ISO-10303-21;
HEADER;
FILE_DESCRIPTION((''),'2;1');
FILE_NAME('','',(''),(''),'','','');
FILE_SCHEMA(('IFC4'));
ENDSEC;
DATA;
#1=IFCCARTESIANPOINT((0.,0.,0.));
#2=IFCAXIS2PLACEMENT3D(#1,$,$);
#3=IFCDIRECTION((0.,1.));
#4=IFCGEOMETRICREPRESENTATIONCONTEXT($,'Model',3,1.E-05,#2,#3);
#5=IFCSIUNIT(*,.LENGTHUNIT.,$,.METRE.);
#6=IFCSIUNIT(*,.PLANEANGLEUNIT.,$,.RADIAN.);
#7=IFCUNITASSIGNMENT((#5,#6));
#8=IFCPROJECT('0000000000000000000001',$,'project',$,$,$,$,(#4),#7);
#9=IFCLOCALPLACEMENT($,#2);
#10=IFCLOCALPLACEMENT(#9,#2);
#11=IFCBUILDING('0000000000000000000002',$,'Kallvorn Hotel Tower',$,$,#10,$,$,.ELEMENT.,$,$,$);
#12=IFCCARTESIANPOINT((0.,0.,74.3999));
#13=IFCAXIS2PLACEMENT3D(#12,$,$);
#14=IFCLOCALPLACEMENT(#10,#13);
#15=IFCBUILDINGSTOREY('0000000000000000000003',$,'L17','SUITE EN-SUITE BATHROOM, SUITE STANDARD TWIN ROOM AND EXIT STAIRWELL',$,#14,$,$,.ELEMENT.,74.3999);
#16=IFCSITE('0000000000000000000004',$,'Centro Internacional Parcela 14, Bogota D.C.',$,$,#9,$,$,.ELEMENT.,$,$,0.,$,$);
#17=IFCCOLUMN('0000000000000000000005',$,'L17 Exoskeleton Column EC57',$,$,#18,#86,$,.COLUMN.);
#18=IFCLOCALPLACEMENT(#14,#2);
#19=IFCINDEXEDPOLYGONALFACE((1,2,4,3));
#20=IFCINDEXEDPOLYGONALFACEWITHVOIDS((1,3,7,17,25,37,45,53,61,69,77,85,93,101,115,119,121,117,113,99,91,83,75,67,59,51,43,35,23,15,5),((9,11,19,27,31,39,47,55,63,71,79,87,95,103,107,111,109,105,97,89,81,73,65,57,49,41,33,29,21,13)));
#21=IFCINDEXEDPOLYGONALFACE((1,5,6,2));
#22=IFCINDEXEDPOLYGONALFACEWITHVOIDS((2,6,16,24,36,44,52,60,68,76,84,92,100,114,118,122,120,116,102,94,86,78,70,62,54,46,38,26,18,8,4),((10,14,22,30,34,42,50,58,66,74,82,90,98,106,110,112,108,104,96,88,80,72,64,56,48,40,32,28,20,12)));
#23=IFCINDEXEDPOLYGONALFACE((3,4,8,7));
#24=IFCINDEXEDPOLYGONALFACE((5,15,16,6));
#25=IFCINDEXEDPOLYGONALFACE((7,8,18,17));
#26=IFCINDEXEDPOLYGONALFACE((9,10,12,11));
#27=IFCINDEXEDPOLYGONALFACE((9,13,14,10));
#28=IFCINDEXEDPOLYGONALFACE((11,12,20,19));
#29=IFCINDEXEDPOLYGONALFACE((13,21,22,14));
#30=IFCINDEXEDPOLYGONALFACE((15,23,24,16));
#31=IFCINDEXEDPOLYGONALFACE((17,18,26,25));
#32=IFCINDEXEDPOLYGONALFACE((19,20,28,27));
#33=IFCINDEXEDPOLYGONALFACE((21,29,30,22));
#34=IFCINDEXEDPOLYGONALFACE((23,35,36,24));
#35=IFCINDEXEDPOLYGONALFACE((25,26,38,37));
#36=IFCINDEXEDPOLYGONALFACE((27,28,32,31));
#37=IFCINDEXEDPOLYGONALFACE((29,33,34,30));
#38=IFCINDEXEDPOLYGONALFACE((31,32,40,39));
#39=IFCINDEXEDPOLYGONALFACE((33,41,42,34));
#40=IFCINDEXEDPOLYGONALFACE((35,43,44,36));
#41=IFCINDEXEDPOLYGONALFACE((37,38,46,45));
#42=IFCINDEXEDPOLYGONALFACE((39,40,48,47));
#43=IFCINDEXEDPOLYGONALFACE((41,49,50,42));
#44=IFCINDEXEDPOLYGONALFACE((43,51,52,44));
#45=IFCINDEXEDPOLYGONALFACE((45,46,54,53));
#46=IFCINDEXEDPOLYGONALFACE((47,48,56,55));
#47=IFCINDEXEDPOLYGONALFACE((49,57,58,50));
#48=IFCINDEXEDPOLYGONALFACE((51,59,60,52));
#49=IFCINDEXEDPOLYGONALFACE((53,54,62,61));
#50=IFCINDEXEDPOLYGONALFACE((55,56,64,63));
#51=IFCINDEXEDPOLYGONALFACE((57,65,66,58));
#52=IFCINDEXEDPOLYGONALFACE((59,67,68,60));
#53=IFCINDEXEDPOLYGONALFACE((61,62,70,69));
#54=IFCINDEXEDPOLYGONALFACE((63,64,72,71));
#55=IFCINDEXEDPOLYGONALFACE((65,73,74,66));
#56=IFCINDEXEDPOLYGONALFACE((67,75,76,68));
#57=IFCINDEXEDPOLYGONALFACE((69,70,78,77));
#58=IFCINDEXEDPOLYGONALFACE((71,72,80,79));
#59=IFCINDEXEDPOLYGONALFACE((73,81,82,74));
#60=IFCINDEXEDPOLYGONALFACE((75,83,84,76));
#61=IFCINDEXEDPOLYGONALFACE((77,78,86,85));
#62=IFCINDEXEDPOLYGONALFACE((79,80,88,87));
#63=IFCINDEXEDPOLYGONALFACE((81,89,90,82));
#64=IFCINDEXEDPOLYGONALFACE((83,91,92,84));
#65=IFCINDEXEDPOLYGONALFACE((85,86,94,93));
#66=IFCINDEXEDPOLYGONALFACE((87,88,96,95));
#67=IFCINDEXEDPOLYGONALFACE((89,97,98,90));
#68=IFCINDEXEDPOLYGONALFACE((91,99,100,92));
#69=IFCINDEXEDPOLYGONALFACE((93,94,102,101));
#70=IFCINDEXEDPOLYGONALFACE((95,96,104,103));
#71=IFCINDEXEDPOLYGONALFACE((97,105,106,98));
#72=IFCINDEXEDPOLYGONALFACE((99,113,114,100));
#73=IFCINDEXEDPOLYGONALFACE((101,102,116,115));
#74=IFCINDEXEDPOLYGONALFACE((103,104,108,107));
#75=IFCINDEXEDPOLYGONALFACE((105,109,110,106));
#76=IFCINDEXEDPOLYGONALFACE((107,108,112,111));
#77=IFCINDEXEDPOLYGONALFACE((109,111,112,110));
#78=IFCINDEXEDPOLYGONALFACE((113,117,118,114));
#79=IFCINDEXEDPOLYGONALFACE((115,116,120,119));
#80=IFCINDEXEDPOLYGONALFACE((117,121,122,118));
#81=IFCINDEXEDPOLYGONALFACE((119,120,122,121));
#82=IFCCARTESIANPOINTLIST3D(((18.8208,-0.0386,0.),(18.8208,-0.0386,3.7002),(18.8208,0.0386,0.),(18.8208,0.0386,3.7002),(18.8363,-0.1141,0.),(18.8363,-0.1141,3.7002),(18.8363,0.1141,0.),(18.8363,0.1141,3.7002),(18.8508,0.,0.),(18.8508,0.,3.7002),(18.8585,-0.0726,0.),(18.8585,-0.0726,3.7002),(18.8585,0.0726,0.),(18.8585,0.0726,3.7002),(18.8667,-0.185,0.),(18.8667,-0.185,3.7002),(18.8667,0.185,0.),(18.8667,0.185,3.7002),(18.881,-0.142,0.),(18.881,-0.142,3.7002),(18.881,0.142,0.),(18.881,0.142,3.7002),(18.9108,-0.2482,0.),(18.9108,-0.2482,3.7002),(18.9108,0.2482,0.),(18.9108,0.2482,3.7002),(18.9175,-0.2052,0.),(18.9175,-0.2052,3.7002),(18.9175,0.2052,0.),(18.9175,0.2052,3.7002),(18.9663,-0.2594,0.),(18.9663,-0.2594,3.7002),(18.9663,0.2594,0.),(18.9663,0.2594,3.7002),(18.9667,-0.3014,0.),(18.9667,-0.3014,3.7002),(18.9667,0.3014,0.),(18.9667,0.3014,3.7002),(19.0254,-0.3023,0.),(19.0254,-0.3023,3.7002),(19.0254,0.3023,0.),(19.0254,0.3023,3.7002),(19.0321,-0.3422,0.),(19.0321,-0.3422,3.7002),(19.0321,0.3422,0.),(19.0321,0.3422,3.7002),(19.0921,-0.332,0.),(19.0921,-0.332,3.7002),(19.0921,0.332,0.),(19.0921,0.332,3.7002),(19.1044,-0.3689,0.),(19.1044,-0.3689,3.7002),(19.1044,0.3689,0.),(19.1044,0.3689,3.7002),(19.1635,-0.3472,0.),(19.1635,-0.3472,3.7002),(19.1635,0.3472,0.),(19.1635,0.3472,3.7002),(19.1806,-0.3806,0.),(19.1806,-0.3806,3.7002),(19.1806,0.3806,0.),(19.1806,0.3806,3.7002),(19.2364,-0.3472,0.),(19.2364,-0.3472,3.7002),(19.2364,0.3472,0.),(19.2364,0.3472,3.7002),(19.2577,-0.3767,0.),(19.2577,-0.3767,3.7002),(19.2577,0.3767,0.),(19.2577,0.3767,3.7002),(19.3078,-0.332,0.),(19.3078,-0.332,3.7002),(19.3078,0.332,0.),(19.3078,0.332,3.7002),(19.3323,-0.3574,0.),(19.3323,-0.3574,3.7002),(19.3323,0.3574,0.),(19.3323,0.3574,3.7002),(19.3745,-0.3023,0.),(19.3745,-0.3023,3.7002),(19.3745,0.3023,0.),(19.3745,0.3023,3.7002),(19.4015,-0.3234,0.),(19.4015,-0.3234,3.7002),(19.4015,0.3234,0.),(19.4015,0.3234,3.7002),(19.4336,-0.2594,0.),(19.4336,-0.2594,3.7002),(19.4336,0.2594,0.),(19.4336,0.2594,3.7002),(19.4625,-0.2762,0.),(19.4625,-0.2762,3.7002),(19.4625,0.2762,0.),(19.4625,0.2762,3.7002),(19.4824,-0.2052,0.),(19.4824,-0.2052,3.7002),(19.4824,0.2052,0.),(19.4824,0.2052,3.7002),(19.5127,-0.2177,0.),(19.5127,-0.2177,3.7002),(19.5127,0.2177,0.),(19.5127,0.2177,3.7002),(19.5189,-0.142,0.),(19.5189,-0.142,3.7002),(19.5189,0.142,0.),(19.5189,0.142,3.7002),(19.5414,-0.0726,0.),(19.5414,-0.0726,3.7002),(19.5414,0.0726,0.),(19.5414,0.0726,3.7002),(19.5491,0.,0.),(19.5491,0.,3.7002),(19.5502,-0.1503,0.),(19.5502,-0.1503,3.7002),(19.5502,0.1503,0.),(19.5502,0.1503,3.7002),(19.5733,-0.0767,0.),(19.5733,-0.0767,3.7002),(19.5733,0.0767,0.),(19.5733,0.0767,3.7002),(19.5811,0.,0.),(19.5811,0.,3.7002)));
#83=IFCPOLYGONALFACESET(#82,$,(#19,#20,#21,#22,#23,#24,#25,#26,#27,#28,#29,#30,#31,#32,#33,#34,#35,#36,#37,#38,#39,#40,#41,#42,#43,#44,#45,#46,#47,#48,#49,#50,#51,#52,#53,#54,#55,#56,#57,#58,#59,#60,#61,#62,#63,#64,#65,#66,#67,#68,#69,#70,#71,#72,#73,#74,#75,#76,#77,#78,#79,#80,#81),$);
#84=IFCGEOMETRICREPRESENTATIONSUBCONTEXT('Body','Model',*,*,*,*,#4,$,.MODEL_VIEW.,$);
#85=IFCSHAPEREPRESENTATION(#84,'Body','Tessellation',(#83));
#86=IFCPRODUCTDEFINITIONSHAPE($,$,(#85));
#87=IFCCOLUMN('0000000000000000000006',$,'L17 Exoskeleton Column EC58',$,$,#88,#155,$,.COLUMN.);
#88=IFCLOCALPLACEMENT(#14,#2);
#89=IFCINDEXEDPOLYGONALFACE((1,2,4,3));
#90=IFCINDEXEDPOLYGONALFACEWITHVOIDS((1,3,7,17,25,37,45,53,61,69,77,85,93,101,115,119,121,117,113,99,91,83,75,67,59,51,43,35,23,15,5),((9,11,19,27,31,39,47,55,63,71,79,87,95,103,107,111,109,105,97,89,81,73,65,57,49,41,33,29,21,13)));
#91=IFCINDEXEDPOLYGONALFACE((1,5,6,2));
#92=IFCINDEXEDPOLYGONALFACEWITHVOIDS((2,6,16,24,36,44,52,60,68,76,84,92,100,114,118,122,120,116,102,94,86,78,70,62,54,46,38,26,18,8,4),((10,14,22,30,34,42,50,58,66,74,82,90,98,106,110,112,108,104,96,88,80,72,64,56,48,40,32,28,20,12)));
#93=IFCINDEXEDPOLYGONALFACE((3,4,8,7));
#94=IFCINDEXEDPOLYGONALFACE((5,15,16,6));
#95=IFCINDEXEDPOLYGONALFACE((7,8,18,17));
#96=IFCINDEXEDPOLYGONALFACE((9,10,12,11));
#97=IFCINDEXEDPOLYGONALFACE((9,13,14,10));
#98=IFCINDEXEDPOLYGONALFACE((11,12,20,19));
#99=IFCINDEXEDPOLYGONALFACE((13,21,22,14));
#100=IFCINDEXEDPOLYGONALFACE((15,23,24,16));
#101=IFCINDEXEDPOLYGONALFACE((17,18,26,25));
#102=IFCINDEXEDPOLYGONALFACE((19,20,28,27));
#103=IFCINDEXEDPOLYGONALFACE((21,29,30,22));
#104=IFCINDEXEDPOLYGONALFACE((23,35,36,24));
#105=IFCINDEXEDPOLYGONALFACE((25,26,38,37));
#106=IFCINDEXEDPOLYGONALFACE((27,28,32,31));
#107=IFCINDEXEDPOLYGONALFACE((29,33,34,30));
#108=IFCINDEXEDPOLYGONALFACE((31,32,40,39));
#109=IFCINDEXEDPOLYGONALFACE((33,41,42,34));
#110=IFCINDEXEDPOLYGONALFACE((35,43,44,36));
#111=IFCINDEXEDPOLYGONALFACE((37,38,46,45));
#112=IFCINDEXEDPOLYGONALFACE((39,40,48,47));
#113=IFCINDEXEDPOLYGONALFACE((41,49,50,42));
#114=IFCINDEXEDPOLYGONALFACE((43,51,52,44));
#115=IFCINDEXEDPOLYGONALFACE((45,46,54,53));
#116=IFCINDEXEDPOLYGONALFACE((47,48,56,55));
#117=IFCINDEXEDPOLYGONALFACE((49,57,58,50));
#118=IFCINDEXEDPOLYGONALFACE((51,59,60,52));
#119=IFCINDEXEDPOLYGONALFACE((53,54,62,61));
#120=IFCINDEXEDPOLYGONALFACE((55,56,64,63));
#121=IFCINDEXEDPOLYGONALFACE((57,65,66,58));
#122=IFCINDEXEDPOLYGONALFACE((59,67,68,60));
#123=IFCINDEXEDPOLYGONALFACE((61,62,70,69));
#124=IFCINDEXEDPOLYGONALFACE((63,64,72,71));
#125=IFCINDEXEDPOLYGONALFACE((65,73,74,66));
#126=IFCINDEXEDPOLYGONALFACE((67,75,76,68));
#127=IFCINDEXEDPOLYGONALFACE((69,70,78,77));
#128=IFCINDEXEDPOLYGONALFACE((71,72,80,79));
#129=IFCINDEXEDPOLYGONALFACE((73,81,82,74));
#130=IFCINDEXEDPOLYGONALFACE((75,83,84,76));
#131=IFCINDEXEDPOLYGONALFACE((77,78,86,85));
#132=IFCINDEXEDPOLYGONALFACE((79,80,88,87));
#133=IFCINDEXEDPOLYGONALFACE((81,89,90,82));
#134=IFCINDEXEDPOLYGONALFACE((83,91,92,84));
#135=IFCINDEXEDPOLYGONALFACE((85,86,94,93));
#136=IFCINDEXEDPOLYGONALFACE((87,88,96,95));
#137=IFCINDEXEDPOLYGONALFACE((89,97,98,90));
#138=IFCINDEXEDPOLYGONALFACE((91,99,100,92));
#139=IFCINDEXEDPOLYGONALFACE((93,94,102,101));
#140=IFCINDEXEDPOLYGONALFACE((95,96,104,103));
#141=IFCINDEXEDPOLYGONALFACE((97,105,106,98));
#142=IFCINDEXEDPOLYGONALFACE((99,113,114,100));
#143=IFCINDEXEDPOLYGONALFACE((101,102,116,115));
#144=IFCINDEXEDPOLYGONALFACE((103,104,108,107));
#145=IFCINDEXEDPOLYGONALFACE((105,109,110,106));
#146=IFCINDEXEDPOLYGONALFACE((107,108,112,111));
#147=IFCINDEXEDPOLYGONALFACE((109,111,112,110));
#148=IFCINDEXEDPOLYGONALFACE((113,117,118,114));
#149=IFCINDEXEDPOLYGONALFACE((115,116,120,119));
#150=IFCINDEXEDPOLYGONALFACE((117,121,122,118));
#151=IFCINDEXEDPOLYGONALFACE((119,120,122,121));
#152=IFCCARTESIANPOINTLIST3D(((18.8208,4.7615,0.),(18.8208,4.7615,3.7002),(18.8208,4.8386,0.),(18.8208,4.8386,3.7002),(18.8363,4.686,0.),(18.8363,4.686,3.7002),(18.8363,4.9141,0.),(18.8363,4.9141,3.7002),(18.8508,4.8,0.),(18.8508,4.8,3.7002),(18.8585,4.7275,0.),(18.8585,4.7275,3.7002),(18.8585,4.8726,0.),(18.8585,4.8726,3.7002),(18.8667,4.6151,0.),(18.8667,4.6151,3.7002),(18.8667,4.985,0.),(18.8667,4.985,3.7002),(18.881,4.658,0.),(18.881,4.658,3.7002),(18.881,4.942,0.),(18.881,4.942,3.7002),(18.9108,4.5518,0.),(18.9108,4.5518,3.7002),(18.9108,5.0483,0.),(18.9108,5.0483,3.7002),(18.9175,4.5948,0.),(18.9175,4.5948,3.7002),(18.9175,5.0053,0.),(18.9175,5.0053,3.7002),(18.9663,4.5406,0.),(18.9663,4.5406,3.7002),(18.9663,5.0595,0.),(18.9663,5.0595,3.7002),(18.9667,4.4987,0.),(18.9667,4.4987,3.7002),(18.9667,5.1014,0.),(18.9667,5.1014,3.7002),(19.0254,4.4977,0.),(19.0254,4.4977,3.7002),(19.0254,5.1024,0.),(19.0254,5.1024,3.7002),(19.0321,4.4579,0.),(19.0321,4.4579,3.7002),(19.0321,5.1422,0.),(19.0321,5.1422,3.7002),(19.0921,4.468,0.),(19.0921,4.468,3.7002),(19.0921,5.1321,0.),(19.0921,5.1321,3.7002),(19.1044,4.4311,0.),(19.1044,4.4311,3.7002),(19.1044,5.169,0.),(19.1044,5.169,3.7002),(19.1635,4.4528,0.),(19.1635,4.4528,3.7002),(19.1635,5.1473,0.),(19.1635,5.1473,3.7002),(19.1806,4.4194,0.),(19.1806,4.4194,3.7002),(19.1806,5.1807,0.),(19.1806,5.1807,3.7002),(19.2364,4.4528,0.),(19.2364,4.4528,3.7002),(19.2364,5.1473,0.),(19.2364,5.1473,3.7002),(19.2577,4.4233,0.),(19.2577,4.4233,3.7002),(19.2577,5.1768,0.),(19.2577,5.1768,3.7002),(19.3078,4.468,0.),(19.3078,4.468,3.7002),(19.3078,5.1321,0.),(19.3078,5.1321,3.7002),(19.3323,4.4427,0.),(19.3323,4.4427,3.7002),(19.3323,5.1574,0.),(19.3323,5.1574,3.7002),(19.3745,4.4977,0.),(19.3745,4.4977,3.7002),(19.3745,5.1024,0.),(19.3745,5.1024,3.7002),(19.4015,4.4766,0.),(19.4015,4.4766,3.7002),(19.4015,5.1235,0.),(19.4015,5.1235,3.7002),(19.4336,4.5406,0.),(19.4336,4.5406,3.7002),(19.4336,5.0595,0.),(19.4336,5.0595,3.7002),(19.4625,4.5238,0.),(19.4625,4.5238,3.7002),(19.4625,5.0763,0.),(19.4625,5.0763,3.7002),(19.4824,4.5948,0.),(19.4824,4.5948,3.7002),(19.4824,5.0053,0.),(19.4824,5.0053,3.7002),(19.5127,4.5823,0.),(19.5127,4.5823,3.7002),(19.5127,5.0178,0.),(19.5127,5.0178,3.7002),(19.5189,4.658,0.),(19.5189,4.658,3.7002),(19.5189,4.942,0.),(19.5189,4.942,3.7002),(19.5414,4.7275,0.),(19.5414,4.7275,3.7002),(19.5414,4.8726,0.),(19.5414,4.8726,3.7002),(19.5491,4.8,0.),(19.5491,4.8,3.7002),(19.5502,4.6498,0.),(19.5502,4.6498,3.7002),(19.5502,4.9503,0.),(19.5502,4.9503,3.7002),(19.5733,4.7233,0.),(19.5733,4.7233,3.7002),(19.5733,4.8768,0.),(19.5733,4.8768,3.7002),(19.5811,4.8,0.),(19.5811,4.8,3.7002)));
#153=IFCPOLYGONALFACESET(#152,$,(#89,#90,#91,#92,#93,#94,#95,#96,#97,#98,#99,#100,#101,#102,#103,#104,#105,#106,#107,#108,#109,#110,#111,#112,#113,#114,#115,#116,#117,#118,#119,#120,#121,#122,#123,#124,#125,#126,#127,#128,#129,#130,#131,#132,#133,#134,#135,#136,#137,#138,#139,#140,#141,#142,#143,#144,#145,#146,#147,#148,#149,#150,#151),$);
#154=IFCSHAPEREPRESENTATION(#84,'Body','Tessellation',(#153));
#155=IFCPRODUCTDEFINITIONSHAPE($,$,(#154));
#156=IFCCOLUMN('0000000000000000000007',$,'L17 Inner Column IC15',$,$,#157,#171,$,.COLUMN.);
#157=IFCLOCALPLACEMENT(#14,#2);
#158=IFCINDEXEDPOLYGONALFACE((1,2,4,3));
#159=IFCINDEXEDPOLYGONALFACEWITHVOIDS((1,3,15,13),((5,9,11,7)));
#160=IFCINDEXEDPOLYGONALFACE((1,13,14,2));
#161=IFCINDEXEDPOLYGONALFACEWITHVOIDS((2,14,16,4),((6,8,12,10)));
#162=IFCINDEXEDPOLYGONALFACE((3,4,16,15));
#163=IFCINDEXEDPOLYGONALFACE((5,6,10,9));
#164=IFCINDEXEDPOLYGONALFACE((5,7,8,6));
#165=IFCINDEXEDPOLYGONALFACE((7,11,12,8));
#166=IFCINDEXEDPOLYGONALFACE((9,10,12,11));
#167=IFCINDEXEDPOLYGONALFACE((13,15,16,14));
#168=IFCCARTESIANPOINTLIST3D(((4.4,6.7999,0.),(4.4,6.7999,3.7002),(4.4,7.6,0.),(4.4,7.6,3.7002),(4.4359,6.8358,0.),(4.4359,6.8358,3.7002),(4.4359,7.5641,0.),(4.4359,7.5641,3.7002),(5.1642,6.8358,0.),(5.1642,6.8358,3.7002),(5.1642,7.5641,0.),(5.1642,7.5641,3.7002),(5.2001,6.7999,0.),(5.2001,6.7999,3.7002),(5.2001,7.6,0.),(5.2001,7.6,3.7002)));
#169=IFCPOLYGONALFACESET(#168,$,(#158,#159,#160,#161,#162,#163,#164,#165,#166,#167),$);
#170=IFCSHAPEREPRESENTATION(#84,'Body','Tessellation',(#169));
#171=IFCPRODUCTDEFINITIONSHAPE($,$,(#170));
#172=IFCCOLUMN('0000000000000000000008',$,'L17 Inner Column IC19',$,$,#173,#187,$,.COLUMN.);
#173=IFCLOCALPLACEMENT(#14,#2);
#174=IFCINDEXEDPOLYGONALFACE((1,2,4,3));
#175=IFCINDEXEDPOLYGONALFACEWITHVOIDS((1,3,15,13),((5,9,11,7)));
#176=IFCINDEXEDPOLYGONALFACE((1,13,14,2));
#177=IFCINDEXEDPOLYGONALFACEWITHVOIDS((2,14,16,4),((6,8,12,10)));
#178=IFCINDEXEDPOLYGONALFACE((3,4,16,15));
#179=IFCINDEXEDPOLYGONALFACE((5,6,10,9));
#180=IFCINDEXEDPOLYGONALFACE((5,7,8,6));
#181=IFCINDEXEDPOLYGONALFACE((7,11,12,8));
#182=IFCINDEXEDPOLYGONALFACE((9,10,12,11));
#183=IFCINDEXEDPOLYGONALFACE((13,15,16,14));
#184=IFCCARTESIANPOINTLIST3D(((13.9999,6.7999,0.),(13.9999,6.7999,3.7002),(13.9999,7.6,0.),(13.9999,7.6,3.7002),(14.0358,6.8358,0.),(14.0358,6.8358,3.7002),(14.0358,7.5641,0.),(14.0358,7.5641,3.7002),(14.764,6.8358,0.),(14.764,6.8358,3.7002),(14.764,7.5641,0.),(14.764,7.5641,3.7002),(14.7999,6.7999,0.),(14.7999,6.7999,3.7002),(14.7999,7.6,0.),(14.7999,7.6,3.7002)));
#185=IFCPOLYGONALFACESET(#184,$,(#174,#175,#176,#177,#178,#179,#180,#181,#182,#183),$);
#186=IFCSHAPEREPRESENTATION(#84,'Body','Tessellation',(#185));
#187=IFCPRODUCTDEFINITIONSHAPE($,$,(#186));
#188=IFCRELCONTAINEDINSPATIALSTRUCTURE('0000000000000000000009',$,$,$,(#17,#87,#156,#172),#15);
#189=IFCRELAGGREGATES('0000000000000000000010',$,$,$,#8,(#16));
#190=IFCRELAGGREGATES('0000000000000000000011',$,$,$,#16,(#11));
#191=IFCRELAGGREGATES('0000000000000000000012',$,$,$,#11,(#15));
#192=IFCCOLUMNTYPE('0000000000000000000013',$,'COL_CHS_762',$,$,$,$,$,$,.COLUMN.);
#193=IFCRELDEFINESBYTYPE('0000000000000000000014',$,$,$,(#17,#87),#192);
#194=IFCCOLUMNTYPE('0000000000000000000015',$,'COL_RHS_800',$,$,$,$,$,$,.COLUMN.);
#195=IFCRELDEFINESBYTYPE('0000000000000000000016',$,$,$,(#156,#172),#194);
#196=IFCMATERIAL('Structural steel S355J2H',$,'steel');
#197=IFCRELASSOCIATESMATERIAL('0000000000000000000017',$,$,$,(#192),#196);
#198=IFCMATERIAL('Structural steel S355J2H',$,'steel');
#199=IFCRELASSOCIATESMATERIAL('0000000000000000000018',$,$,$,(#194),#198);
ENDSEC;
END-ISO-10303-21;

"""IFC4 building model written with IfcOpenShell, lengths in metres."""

from ifc_helpers import new_model, si_unit, direction, frame, origin, origin_2d, place, context, subcontext, project, spatial, hollow_rectangle, hollow_circle, extrude, material, material_profile, profile_set, type_object, element, save


model = new_model("IFC4")

# Units and contexts
model_context = context("Model", 3, precision=1e-05, world=origin(), true_north=direction((0.0, 1.0)))
body_context = subcontext(model_context, "Body", "Model", "MODEL_VIEW")
ifc_project = project(units=[si_unit("LENGTHUNIT", "METRE"), si_unit("PLANEANGLEUNIT", "RADIAN")], contexts=[model_context])

# Site, building, storey
site_placement = place(None, origin())
site = spatial("IfcSite", under=ifc_project, at=site_placement, Name="Centro Internacional Parcela 14, Bogota D.C.", CompositionType="ELEMENT", RefElevation=0.0)
building_placement = place(site_placement, origin())
building = spatial("IfcBuilding", under=site, at=building_placement, Name="Kallvorn Hotel Tower", CompositionType="ELEMENT")
storey_placement = place(building_placement, frame((0.0, 0.0, 74.3999)))
storey = spatial("IfcBuildingStorey", under=building, at=storey_placement, Name="L17", Description="SUITE EN-SUITE BATHROOM, SUITE STANDARD TWIN ROOM AND EXIT STAIRWELL", CompositionType="ELEMENT", Elevation=74.3999)

# Columns
ifc_material_1 = material(Name="Structural steel S355J2H", Category="steel")
ifc_material_profile_1 = material_profile(ifc_material_1, hollow_circle(Radius=0.3811, WallThickness=0.032, at=origin_2d()), Name="CHS 762x32")
ifc_profile_set_1 = profile_set([ifc_material_profile_1], Name="Structural steel S355J2H")
column_type_1 = type_object("IfcColumnType", Name="COL_CHS_762", PredefinedType="COLUMN", material=ifc_profile_set_1)
for number, where, z_axis, x_axis, name in (
    (1, (19.2, 0.0, 0.0), (0.0, 0.0, 1.0), (1.0, 0.0, 0.0), "L17 Exoskeleton Column EC57"),
    (2, (19.2, 4.8, 0.0), (0.0, 0.0, 1.0), (1.0, 0.0, 0.0), "L17 Exoskeleton Column EC58"),
):
    element("IfcColumn", number, at=place(storey_placement, frame(where, z_axis=z_axis, x_axis=x_axis)), inside=storey, type_object=column_type_1, Name=name, PredefinedType="COLUMN", context=body_context, shape_type="SweptSolid", body=[
        extrude(hollow_circle(Radius=0.3811, WallThickness=0.032, at=origin_2d()), origin(), (0.0, 0.0, 1.0), 3.7002),
    ])
ifc_material_2 = material(Name="Structural steel S355J2H", Category="steel")
ifc_material_profile_2 = material_profile(ifc_material_2, hollow_rectangle(XDim=0.8, YDim=0.8, WallThickness=0.0359, at=origin_2d()), Name="RHS 800x800x36")
ifc_profile_set_2 = profile_set([ifc_material_profile_2], Name="Structural steel S355J2H")
column_type_2 = type_object("IfcColumnType", Name="COL_RHS_800", PredefinedType="COLUMN", material=ifc_profile_set_2)
for number, where, z_axis, x_axis, name in (
    (3, (4.8, 7.2, 0.0), (0.0, 0.0, 1.0), (1.0, 0.0, 0.0), "L17 Inner Column IC15"),
    (4, (14.3999, 7.2, 0.0), (0.0, 0.0, 1.0), (1.0, 0.0, 0.0), "L17 Inner Column IC19"),
):
    element("IfcColumn", number, at=place(storey_placement, frame(where, z_axis=z_axis, x_axis=x_axis)), inside=storey, type_object=column_type_2, Name=name, PredefinedType="COLUMN", context=body_context, shape_type="SweptSolid", body=[
        extrude(hollow_rectangle(XDim=0.8, YDim=0.8, WallThickness=0.0359, at=origin_2d()), origin(), (0.0, 0.0, 1.0), 3.7002),
    ])

save(model, "model.ifc")
